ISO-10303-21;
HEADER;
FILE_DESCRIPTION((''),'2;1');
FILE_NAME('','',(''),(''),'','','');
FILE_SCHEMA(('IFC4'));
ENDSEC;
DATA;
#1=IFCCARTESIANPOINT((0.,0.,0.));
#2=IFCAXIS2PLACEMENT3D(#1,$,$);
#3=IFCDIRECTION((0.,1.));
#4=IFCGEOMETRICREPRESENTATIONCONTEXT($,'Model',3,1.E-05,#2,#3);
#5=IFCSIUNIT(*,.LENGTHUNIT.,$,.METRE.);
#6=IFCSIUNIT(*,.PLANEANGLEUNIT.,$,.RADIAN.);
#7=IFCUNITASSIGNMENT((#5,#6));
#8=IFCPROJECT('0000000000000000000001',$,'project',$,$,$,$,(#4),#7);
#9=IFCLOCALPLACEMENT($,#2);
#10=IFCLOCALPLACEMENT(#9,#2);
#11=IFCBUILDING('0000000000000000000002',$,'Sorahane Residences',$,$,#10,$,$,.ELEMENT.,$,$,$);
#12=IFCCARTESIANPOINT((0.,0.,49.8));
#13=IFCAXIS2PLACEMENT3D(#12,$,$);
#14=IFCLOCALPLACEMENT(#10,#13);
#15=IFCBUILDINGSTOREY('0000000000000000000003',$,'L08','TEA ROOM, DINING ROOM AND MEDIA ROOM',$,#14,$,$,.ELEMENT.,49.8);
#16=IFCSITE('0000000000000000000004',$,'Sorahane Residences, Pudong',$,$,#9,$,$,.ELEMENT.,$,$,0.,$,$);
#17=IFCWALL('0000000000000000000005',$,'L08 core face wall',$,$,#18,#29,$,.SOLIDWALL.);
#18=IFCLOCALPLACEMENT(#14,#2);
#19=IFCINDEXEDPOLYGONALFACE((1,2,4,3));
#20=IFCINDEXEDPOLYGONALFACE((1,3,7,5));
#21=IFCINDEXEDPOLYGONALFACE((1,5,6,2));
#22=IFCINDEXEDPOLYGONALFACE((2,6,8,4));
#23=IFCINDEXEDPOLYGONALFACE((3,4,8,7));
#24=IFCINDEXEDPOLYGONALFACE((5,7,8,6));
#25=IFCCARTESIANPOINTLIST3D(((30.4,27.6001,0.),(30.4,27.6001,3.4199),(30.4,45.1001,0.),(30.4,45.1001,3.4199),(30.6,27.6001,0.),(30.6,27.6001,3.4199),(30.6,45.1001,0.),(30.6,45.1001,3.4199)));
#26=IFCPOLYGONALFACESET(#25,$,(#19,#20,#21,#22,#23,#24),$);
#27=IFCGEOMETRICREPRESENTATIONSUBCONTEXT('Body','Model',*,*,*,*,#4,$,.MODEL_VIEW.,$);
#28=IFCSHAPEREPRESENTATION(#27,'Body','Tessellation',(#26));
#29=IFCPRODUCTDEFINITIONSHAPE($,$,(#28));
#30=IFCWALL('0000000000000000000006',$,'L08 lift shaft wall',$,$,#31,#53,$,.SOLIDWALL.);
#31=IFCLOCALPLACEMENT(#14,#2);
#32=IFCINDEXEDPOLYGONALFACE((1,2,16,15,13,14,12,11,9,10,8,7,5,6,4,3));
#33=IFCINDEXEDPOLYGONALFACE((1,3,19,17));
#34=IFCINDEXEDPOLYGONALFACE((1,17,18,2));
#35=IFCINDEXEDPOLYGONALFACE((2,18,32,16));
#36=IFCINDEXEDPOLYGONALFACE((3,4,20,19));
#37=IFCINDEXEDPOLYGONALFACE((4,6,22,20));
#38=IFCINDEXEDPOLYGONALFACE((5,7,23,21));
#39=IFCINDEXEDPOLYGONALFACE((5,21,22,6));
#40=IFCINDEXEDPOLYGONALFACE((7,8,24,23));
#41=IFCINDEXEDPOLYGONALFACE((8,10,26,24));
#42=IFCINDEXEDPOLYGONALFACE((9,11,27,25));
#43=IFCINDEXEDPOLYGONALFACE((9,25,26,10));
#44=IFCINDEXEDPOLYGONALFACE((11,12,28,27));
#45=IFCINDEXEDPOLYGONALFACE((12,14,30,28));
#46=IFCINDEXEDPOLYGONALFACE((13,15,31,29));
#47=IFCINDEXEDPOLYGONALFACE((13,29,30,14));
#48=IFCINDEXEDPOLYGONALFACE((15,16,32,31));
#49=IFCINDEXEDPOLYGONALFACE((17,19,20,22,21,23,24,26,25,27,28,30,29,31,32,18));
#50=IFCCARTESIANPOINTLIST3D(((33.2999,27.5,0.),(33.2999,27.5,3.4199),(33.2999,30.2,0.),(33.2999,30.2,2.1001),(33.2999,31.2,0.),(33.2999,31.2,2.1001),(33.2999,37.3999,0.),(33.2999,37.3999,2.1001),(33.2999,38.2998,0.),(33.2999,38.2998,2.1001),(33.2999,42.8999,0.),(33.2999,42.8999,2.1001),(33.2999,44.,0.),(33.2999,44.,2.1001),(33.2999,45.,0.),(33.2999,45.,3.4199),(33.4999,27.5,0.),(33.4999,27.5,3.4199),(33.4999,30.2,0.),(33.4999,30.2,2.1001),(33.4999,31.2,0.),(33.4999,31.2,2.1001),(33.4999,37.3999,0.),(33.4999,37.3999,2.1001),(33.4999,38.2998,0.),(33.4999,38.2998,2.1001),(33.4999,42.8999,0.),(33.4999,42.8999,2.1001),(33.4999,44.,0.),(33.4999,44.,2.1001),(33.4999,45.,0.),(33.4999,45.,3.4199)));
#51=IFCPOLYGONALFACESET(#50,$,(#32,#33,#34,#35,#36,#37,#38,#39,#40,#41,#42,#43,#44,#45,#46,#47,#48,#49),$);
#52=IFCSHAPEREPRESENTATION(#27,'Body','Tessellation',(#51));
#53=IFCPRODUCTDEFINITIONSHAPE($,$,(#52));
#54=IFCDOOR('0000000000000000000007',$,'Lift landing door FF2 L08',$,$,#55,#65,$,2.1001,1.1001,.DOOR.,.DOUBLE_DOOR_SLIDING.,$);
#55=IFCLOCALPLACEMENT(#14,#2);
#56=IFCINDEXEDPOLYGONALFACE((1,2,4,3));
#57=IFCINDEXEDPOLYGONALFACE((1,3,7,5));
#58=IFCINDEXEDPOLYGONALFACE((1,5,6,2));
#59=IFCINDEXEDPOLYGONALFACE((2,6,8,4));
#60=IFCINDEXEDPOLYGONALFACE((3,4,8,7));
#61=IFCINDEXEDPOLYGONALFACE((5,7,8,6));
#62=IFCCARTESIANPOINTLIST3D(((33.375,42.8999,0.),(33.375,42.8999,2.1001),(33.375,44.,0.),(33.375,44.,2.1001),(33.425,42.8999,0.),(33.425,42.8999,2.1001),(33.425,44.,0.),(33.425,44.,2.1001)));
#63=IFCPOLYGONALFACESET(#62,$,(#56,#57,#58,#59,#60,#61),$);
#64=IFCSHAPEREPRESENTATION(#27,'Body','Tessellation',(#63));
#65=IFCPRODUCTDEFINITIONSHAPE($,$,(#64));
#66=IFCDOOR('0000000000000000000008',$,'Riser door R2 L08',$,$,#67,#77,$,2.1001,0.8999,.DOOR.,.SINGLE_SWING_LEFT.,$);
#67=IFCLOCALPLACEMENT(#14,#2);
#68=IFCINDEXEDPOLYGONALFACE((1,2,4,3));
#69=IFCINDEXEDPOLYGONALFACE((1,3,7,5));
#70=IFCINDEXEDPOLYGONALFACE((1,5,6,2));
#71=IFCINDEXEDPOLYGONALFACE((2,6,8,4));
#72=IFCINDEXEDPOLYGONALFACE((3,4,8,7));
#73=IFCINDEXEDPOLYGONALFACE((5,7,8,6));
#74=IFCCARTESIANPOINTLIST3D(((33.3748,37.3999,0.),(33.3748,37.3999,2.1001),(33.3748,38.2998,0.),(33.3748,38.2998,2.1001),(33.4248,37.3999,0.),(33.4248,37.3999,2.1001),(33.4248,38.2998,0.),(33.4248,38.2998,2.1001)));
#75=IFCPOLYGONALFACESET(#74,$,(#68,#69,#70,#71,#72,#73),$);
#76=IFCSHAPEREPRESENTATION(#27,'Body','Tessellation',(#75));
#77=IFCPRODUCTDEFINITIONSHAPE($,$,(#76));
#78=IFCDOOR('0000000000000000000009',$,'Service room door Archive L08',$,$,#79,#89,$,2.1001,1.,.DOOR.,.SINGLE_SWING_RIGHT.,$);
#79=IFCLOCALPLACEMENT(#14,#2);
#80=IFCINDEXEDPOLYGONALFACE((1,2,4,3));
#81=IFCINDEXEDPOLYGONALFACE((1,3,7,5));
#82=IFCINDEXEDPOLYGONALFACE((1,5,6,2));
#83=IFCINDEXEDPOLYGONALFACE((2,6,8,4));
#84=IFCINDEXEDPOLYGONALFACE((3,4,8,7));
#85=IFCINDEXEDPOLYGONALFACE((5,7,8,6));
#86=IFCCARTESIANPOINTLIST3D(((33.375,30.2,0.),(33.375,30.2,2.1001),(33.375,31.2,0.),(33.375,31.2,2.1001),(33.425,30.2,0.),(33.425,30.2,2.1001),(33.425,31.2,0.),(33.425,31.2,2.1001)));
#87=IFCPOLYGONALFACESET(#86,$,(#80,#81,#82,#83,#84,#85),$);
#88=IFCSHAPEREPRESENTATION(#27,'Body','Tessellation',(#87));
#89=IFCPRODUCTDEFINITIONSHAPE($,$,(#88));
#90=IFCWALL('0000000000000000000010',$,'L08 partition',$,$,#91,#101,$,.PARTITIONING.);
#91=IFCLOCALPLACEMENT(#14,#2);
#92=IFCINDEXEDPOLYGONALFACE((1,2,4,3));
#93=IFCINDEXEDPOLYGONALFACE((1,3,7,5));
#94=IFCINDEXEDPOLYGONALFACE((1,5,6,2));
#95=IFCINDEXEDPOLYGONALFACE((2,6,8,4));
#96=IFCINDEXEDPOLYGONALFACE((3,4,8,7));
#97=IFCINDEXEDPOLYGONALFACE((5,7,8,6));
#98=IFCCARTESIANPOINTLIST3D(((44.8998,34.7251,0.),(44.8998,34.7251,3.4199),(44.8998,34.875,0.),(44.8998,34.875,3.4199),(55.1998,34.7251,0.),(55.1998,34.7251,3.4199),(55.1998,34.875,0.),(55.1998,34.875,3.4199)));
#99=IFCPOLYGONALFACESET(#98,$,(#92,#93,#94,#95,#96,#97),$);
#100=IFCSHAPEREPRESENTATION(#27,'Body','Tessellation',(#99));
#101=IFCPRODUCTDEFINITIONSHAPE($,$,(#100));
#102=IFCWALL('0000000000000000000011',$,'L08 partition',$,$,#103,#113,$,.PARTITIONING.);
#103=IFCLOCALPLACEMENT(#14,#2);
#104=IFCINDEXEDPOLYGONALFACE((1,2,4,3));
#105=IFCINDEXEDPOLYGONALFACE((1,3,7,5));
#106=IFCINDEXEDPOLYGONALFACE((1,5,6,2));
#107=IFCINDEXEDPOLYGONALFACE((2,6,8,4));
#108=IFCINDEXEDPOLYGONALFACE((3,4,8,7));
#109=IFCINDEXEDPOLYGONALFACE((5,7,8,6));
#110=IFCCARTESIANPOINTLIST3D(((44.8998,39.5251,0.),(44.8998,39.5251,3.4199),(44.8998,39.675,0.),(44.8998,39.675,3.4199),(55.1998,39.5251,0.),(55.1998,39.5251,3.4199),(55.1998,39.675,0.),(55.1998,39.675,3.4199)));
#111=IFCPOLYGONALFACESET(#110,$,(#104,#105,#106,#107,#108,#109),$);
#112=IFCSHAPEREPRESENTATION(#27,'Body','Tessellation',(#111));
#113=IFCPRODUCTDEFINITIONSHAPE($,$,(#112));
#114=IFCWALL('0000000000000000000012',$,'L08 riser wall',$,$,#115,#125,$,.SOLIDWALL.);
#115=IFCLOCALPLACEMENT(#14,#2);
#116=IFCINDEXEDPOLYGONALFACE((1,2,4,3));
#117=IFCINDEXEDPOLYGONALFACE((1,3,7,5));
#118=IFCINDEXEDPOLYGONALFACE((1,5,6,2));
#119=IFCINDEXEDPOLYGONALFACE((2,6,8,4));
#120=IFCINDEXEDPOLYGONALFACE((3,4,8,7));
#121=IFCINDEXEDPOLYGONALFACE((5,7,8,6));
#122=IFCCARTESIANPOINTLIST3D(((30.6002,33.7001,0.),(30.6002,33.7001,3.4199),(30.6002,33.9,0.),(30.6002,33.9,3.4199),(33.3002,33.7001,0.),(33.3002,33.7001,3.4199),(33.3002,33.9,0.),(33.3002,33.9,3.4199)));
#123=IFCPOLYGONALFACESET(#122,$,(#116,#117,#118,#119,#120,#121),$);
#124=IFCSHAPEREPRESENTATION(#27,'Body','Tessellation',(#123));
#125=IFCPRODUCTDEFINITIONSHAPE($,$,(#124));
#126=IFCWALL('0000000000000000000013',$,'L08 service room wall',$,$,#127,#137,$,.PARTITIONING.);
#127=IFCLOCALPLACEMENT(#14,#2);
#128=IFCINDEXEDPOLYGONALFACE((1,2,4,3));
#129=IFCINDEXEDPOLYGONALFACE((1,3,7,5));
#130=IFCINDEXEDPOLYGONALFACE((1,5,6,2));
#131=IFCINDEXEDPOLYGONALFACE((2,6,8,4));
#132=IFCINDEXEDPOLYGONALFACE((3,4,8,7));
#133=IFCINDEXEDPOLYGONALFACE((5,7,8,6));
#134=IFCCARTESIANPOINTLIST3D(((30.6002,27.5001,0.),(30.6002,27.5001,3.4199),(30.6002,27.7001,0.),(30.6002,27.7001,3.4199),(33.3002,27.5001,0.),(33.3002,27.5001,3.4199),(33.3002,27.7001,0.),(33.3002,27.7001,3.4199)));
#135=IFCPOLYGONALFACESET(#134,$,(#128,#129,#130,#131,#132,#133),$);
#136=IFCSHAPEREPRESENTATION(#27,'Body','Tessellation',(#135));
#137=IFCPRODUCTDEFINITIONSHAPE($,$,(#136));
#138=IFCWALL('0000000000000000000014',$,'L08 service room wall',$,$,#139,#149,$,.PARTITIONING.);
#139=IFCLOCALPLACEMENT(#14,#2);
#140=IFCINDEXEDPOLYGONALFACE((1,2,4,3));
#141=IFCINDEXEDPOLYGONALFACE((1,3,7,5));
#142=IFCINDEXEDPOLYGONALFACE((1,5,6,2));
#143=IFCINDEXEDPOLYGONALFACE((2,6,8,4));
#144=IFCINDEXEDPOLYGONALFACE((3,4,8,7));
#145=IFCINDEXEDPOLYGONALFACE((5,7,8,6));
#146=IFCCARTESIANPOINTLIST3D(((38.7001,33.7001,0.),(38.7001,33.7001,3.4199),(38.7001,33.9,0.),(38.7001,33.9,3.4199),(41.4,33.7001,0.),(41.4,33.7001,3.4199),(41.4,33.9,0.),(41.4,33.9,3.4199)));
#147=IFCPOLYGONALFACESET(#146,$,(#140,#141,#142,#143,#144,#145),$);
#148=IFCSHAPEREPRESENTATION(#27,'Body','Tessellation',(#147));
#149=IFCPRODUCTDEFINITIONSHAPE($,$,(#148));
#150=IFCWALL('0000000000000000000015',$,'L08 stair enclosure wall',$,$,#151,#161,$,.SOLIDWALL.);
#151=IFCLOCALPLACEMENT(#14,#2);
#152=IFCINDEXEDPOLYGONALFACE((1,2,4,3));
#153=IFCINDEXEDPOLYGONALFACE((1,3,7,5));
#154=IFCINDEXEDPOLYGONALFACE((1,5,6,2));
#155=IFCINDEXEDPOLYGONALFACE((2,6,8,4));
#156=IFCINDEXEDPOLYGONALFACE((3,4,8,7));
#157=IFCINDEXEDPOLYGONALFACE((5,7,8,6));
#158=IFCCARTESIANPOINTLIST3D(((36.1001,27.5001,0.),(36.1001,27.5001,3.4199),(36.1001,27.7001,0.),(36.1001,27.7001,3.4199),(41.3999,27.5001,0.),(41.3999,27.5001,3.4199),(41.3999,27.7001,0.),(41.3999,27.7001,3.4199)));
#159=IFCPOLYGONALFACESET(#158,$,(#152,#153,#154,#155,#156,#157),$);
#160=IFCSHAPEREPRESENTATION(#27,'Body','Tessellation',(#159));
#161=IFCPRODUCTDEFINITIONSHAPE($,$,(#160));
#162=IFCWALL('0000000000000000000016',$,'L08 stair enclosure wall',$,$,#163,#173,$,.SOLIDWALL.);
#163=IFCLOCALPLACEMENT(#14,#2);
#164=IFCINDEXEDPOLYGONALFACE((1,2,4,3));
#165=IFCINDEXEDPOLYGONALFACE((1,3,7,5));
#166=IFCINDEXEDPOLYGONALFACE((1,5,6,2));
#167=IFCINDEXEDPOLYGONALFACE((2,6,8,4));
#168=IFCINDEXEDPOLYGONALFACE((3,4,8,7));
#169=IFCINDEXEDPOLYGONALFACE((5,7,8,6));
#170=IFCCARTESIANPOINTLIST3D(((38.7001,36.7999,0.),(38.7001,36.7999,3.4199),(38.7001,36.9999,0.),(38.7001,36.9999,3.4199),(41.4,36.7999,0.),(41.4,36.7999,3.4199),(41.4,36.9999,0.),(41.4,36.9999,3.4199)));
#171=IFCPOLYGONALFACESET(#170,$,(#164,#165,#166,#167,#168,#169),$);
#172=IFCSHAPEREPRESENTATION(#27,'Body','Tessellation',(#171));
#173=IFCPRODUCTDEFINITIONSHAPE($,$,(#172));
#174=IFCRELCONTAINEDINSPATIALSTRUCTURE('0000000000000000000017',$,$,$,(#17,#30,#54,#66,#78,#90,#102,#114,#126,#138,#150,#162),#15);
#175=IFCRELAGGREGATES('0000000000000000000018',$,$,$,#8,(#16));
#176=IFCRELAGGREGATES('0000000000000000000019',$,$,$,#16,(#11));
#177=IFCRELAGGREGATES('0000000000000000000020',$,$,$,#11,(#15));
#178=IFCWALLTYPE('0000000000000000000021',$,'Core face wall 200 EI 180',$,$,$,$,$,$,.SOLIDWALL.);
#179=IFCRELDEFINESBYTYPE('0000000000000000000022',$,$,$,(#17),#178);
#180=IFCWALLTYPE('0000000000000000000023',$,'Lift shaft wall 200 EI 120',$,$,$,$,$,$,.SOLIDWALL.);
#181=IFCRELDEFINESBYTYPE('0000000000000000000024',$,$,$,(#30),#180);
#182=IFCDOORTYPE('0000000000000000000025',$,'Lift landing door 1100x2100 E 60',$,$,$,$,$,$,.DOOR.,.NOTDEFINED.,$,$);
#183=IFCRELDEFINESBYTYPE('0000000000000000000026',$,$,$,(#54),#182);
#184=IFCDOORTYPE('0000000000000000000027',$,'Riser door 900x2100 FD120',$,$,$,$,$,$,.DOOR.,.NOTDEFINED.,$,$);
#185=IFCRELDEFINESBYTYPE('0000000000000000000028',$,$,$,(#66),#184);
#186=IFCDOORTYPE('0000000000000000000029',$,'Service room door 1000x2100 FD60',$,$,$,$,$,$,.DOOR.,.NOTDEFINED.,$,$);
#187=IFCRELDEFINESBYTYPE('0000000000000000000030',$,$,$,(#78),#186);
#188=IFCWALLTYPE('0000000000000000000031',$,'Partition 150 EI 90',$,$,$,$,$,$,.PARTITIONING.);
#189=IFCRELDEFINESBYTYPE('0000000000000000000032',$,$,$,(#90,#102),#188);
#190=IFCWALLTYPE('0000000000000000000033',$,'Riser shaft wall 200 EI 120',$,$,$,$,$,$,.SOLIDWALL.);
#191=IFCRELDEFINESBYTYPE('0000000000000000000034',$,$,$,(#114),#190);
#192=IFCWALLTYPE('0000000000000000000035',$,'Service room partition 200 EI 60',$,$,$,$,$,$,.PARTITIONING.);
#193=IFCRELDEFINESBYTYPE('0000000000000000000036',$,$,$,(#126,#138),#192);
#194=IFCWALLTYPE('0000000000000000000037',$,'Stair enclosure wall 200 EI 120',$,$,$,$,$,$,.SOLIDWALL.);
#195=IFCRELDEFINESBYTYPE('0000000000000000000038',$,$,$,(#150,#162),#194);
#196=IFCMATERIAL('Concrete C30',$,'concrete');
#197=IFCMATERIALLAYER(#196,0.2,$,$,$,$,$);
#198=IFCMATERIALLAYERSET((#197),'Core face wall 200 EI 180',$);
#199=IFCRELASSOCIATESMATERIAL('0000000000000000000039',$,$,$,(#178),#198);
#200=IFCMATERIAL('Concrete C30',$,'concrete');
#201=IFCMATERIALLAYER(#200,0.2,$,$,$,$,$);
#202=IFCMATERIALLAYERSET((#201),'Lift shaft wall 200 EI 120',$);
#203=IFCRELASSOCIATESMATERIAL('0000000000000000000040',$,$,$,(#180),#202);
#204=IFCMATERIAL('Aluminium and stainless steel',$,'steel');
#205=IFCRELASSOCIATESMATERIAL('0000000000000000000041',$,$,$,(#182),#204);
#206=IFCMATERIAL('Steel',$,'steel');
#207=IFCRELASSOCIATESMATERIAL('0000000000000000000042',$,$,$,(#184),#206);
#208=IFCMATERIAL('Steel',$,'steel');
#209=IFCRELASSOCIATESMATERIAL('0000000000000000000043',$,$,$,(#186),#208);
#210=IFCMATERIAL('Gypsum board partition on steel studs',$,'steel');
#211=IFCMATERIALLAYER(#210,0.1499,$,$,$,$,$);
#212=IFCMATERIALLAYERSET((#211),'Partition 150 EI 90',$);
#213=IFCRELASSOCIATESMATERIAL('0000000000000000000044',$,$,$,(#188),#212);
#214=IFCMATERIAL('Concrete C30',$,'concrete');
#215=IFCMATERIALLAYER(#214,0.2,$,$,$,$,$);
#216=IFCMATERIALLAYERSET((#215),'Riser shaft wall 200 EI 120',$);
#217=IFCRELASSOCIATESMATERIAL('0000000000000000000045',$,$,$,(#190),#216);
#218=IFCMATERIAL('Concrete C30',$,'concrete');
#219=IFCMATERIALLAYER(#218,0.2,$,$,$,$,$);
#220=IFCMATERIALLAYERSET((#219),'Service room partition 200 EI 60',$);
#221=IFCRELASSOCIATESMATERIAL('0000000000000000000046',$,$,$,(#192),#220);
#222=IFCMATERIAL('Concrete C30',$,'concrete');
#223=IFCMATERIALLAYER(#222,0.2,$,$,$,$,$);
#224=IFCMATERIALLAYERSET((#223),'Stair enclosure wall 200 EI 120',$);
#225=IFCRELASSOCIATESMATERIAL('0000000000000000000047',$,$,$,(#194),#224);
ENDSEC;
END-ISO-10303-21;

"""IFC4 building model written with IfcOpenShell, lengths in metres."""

from ifc_helpers import new_model, si_unit, direction, frame, frame_2d, origin, place, context, subcontext, project, spatial, rectangle, extrude, material, layer, layer_set, type_object, element, fill, save


model = new_model("IFC4")

# Units and contexts
model_context = context("Model", 3, precision=1e-05, world=origin(), true_north=direction((0.0, 1.0)))
body_context = subcontext(model_context, "Body", "Model", "MODEL_VIEW")
ifc_project = project(units=[si_unit("LENGTHUNIT", "METRE"), si_unit("PLANEANGLEUNIT", "RADIAN")], contexts=[model_context])

# Site, building, storey
site_placement = place(None, origin())
site = spatial("IfcSite", under=ifc_project, at=site_placement, Name="Sorahane Residences, Pudong", CompositionType="ELEMENT", RefElevation=0.0)
building_placement = place(site_placement, origin())
building = spatial("IfcBuilding", under=site, at=building_placement, Name="Sorahane Residences", CompositionType="ELEMENT")
storey_placement = place(building_placement, frame((0.0, 0.0, 49.8)))
storey = spatial("IfcBuildingStorey", under=building, at=storey_placement, Name="L08", Description="TEA ROOM, DINING ROOM AND MEDIA ROOM", CompositionType="ELEMENT", Elevation=49.8)

# Wall
ifc_material_1 = material(Name="Concrete C30", Category="concrete")
ifc_layer_1 = layer(ifc_material_1, 0.2)
ifc_layer_set_1 = layer_set([ifc_layer_1], Name="Core face wall 200 EI 180")
wall_type_1 = type_object("IfcWallType", Name="Core face wall 200 EI 180", PredefinedType="SOLIDWALL", material=ifc_layer_set_1)
wall_1_placement = place(storey_placement, frame((30.5, 27.6001, 0.0), z_axis=(0.0, 0.0, 1.0), x_axis=(0.0, 1.0, 0.0)))
element("IfcWall", 1, at=wall_1_placement, inside=storey, type_object=wall_type_1, Name="L08 core face wall", PredefinedType="SOLIDWALL", context=body_context, shape_type="SweptSolid", body=[
    extrude(rectangle(XDim=17.5, YDim=0.2, at=frame_2d((8.75, 0.0))), origin(), (0.0, 0.0, 1.0), 3.4199),
])

# Wall, openings, doors
ifc_material_2 = material(Name="Concrete C30", Category="concrete")
ifc_layer_2 = layer(ifc_material_2, 0.2)
ifc_layer_set_2 = layer_set([ifc_layer_2], Name="Lift shaft wall 200 EI 120")
wall_type_2 = type_object("IfcWallType", Name="Lift shaft wall 200 EI 120", PredefinedType="SOLIDWALL", material=ifc_layer_set_2)
wall_2_placement = place(storey_placement, frame((33.3999, 27.5, 0.0), z_axis=(0.0, 0.0, 1.0), x_axis=(0.0, 1.0, 0.0)))
wall_2 = element("IfcWall", 2, at=wall_2_placement, inside=storey, type_object=wall_type_2, Name="L08 lift shaft wall", PredefinedType="SOLIDWALL", context=body_context, shape_type="SweptSolid", body=[
    extrude(rectangle(XDim=17.5, YDim=0.2, at=frame_2d((8.75, 0.0))), origin(), (0.0, 0.0, 1.0), 3.4199),
])
opening_1_placement = place(wall_2_placement, frame((15.3999, 0.0, 0.0)))
opening_1 = element("IfcOpeningElement", 3, at=opening_1_placement, cuts=wall_2, PredefinedType="OPENING", context=body_context, shape_type="SweptSolid", body=[
    extrude(rectangle(XDim=1.1001, YDim=2.1001, at=frame_2d((0.55, 1.05))), frame((0.0, 0.1099, 0.0), z_axis=(0.0, -1.0, 0.0), x_axis=(1.0, 0.0, 0.0)), (0.0, 0.0, 1.0), 0.22),
])
opening_2_placement = place(wall_2_placement, frame((2.7, 0.0, 0.0)))
opening_2 = element("IfcOpeningElement", 4, at=opening_2_placement, cuts=wall_2, PredefinedType="OPENING", context=body_context, shape_type="SweptSolid", body=[
    extrude(rectangle(XDim=1.0, YDim=2.1001, at=frame_2d((0.5, 1.05))), frame((0.0, 0.1099, 0.0), z_axis=(0.0, -1.0, 0.0), x_axis=(1.0, 0.0, 0.0)), (0.0, 0.0, 1.0), 0.22),
])
opening_3_placement = place(wall_2_placement, frame((9.8999, 0.0, 0.0)))
opening_3 = element("IfcOpeningElement", 5, at=opening_3_placement, cuts=wall_2, PredefinedType="OPENING", context=body_context, shape_type="SweptSolid", body=[
    extrude(rectangle(XDim=0.8999, YDim=2.1001, at=frame_2d((0.45, 1.05))), frame((0.0, 0.1099, 0.0), z_axis=(0.0, -1.0, 0.0), x_axis=(1.0, 0.0, 0.0)), (0.0, 0.0, 1.0), 0.22),
])
ifc_material_3 = material(Name="Aluminium and stainless steel", Category="steel")
door_type_1 = type_object("IfcDoorType", Name="Lift landing door 1100x2100 E 60", OperationType="NOTDEFINED", PredefinedType="DOOR", material=ifc_material_3)
door_1_placement = place(opening_1_placement, origin())
door_1 = element("IfcDoor", 6, at=door_1_placement, inside=storey, type_object=door_type_1, Name="Lift landing door FF2 L08", OperationType="DOUBLE_DOOR_SLIDING", OverallHeight=2.1001, OverallWidth=1.1001, PredefinedType="DOOR", context=body_context, shape_type="SweptSolid", body=[
    extrude(rectangle(XDim=1.1001, YDim=2.1001, at=frame_2d((0.55, 1.05))), frame((0.0, 0.0249, 0.0), z_axis=(0.0, -1.0, 0.0), x_axis=(1.0, 0.0, 0.0)), (0.0, 0.0, 1.0), 0.05),
])
fill(opening_1, door_1)
ifc_material_4 = material(Name="Steel", Category="steel")
door_type_2 = type_object("IfcDoorType", Name="Riser door 900x2100 FD120", OperationType="NOTDEFINED", PredefinedType="DOOR", material=ifc_material_4)
door_2_placement = place(opening_3_placement, frame((0.8999, 0.0, 0.0), z_axis=(0.0, 0.0, 1.0), x_axis=(-1.0, 0.0, 0.0)))
door_2 = element("IfcDoor", 7, at=door_2_placement, inside=storey, type_object=door_type_2, Name="Riser door R2 L08", OperationType="SINGLE_SWING_LEFT", OverallHeight=2.1001, OverallWidth=0.8999, PredefinedType="DOOR", context=body_context, shape_type="SweptSolid", body=[
    extrude(rectangle(XDim=0.8999, YDim=2.1001, at=frame_2d((0.45, 1.05))), frame((0.0, 0.0249, 0.0), z_axis=(0.0, -1.0, 0.0), x_axis=(1.0, 0.0, 0.0)), (0.0, 0.0, 1.0), 0.05),
])
fill(opening_3, door_2)
ifc_material_5 = material(Name="Steel", Category="steel")
door_type_3 = type_object("IfcDoorType", Name="Service room door 1000x2100 FD60", OperationType="NOTDEFINED", PredefinedType="DOOR", material=ifc_material_5)
door_3_placement = place(opening_2_placement, origin())
door_3 = element("IfcDoor", 8, at=door_3_placement, inside=storey, type_object=door_type_3, Name="Service room door Archive L08", OperationType="SINGLE_SWING_RIGHT", OverallHeight=2.1001, OverallWidth=1.0, PredefinedType="DOOR", context=body_context, shape_type="SweptSolid", body=[
    extrude(rectangle(XDim=1.0, YDim=2.1001, at=frame_2d((0.5, 1.05))), frame((0.0, 0.0249, 0.0), z_axis=(0.0, -1.0, 0.0), x_axis=(1.0, 0.0, 0.0)), (0.0, 0.0, 1.0), 0.05),
])
fill(opening_2, door_3)

# Walls
ifc_material_6 = material(Name="Gypsum board partition on steel studs", Category="steel")
ifc_layer_3 = layer(ifc_material_6, 0.1499)
ifc_layer_set_3 = layer_set([ifc_layer_3], Name="Partition 150 EI 90")
wall_type_3 = type_object("IfcWallType", Name="Partition 150 EI 90", PredefinedType="PARTITIONING", material=ifc_layer_set_3)
for number, where, z_axis, x_axis, name in (
    (9, (44.8999, 34.8, 0.0), (0.0, 0.0, 1.0), (1.0, 0.0, 0.0), "L08 partition"),
    (10, (44.8999, 39.6001, 0.0), (0.0, 0.0, 1.0), (1.0, 0.0, 0.0), "L08 partition"),
):
    element("IfcWall", number, at=place(storey_placement, frame(where, z_axis=z_axis, x_axis=x_axis)), inside=storey, type_object=wall_type_3, Name=name, PredefinedType="PARTITIONING", context=body_context, shape_type="SweptSolid", body=[
        extrude(rectangle(XDim=10.3, YDim=0.1499, at=frame_2d((5.1499, 0.0))), origin(), (0.0, 0.0, 1.0), 3.4199),
    ])
ifc_material_7 = material(Name="Concrete C30", Category="concrete")
ifc_layer_4 = layer(ifc_material_7, 0.2)
ifc_layer_set_4 = layer_set([ifc_layer_4], Name="Riser shaft wall 200 EI 120")
wall_type_4 = type_object("IfcWallType", Name="Riser shaft wall 200 EI 120", PredefinedType="SOLIDWALL", material=ifc_layer_set_4)
wall_3_placement = place(storey_placement, frame((30.6001, 33.8, 0.0), z_axis=(0.0, 0.0, 1.0), x_axis=(1.0, 0.0, 0.0)))
element("IfcWall", 11, at=wall_3_placement, inside=storey, type_object=wall_type_4, Name="L08 riser wall", PredefinedType="SOLIDWALL", context=body_context, shape_type="SweptSolid", body=[
    extrude(rectangle(XDim=2.7, YDim=0.2, at=frame_2d((1.3501, 0.0))), origin(), (0.0, 0.0, 1.0), 3.4199),
])
ifc_material_8 = material(Name="Concrete C30", Category="concrete")
ifc_layer_5 = layer(ifc_material_8, 0.2)
ifc_layer_set_5 = layer_set([ifc_layer_5], Name="Service room partition 200 EI 60")
wall_type_5 = type_object("IfcWallType", Name="Service room partition 200 EI 60", PredefinedType="PARTITIONING", material=ifc_layer_set_5)
for number, where, z_axis, x_axis, name in (
    (12, (30.6001, 27.6001, 0.0), (0.0, 0.0, 1.0), (1.0, 0.0, 0.0), "L08 service room wall"),
    (13, (38.7, 33.8, 0.0), (0.0, 0.0, 1.0), (1.0, 0.0, 0.0), "L08 service room wall"),
):
    element("IfcWall", number, at=place(storey_placement, frame(where, z_axis=z_axis, x_axis=x_axis)), inside=storey, type_object=wall_type_5, Name=name, PredefinedType="PARTITIONING", context=body_context, shape_type="SweptSolid", body=[
        extrude(rectangle(XDim=2.7, YDim=0.2, at=frame_2d((1.3501, 0.0))), origin(), (0.0, 0.0, 1.0), 3.4199),
    ])
ifc_material_9 = material(Name="Concrete C30", Category="concrete")
ifc_layer_6 = layer(ifc_material_9, 0.2)
ifc_layer_set_6 = layer_set([ifc_layer_6], Name="Stair enclosure wall 200 EI 120")
wall_type_6 = type_object("IfcWallType", Name="Stair enclosure wall 200 EI 120", PredefinedType="SOLIDWALL", material=ifc_layer_set_6)
wall_4_placement = place(storey_placement, frame((36.1001, 27.6001, 0.0), z_axis=(0.0, 0.0, 1.0), x_axis=(1.0, 0.0, 0.0)))
element("IfcWall", 14, at=wall_4_placement, inside=storey, type_object=wall_type_6, Name="L08 stair enclosure wall", PredefinedType="SOLIDWALL", context=body_context, shape_type="SweptSolid", body=[
    extrude(rectangle(XDim=5.2998, YDim=0.2, at=frame_2d((2.6499, 0.0))), origin(), (0.0, 0.0, 1.0), 3.4199),
])
wall_5_placement = place(storey_placement, frame((38.7, 36.8999, 0.0), z_axis=(0.0, 0.0, 1.0), x_axis=(1.0, 0.0, 0.0)))
element("IfcWall", 15, at=wall_5_placement, inside=storey, type_object=wall_type_6, Name="L08 stair enclosure wall", PredefinedType="SOLIDWALL", context=body_context, shape_type="SweptSolid", body=[
    extrude(rectangle(XDim=2.7, YDim=0.2, at=frame_2d((1.3501, 0.0))), origin(), (0.0, 0.0, 1.0), 3.4199),
])

save(model, "model.ifc")
